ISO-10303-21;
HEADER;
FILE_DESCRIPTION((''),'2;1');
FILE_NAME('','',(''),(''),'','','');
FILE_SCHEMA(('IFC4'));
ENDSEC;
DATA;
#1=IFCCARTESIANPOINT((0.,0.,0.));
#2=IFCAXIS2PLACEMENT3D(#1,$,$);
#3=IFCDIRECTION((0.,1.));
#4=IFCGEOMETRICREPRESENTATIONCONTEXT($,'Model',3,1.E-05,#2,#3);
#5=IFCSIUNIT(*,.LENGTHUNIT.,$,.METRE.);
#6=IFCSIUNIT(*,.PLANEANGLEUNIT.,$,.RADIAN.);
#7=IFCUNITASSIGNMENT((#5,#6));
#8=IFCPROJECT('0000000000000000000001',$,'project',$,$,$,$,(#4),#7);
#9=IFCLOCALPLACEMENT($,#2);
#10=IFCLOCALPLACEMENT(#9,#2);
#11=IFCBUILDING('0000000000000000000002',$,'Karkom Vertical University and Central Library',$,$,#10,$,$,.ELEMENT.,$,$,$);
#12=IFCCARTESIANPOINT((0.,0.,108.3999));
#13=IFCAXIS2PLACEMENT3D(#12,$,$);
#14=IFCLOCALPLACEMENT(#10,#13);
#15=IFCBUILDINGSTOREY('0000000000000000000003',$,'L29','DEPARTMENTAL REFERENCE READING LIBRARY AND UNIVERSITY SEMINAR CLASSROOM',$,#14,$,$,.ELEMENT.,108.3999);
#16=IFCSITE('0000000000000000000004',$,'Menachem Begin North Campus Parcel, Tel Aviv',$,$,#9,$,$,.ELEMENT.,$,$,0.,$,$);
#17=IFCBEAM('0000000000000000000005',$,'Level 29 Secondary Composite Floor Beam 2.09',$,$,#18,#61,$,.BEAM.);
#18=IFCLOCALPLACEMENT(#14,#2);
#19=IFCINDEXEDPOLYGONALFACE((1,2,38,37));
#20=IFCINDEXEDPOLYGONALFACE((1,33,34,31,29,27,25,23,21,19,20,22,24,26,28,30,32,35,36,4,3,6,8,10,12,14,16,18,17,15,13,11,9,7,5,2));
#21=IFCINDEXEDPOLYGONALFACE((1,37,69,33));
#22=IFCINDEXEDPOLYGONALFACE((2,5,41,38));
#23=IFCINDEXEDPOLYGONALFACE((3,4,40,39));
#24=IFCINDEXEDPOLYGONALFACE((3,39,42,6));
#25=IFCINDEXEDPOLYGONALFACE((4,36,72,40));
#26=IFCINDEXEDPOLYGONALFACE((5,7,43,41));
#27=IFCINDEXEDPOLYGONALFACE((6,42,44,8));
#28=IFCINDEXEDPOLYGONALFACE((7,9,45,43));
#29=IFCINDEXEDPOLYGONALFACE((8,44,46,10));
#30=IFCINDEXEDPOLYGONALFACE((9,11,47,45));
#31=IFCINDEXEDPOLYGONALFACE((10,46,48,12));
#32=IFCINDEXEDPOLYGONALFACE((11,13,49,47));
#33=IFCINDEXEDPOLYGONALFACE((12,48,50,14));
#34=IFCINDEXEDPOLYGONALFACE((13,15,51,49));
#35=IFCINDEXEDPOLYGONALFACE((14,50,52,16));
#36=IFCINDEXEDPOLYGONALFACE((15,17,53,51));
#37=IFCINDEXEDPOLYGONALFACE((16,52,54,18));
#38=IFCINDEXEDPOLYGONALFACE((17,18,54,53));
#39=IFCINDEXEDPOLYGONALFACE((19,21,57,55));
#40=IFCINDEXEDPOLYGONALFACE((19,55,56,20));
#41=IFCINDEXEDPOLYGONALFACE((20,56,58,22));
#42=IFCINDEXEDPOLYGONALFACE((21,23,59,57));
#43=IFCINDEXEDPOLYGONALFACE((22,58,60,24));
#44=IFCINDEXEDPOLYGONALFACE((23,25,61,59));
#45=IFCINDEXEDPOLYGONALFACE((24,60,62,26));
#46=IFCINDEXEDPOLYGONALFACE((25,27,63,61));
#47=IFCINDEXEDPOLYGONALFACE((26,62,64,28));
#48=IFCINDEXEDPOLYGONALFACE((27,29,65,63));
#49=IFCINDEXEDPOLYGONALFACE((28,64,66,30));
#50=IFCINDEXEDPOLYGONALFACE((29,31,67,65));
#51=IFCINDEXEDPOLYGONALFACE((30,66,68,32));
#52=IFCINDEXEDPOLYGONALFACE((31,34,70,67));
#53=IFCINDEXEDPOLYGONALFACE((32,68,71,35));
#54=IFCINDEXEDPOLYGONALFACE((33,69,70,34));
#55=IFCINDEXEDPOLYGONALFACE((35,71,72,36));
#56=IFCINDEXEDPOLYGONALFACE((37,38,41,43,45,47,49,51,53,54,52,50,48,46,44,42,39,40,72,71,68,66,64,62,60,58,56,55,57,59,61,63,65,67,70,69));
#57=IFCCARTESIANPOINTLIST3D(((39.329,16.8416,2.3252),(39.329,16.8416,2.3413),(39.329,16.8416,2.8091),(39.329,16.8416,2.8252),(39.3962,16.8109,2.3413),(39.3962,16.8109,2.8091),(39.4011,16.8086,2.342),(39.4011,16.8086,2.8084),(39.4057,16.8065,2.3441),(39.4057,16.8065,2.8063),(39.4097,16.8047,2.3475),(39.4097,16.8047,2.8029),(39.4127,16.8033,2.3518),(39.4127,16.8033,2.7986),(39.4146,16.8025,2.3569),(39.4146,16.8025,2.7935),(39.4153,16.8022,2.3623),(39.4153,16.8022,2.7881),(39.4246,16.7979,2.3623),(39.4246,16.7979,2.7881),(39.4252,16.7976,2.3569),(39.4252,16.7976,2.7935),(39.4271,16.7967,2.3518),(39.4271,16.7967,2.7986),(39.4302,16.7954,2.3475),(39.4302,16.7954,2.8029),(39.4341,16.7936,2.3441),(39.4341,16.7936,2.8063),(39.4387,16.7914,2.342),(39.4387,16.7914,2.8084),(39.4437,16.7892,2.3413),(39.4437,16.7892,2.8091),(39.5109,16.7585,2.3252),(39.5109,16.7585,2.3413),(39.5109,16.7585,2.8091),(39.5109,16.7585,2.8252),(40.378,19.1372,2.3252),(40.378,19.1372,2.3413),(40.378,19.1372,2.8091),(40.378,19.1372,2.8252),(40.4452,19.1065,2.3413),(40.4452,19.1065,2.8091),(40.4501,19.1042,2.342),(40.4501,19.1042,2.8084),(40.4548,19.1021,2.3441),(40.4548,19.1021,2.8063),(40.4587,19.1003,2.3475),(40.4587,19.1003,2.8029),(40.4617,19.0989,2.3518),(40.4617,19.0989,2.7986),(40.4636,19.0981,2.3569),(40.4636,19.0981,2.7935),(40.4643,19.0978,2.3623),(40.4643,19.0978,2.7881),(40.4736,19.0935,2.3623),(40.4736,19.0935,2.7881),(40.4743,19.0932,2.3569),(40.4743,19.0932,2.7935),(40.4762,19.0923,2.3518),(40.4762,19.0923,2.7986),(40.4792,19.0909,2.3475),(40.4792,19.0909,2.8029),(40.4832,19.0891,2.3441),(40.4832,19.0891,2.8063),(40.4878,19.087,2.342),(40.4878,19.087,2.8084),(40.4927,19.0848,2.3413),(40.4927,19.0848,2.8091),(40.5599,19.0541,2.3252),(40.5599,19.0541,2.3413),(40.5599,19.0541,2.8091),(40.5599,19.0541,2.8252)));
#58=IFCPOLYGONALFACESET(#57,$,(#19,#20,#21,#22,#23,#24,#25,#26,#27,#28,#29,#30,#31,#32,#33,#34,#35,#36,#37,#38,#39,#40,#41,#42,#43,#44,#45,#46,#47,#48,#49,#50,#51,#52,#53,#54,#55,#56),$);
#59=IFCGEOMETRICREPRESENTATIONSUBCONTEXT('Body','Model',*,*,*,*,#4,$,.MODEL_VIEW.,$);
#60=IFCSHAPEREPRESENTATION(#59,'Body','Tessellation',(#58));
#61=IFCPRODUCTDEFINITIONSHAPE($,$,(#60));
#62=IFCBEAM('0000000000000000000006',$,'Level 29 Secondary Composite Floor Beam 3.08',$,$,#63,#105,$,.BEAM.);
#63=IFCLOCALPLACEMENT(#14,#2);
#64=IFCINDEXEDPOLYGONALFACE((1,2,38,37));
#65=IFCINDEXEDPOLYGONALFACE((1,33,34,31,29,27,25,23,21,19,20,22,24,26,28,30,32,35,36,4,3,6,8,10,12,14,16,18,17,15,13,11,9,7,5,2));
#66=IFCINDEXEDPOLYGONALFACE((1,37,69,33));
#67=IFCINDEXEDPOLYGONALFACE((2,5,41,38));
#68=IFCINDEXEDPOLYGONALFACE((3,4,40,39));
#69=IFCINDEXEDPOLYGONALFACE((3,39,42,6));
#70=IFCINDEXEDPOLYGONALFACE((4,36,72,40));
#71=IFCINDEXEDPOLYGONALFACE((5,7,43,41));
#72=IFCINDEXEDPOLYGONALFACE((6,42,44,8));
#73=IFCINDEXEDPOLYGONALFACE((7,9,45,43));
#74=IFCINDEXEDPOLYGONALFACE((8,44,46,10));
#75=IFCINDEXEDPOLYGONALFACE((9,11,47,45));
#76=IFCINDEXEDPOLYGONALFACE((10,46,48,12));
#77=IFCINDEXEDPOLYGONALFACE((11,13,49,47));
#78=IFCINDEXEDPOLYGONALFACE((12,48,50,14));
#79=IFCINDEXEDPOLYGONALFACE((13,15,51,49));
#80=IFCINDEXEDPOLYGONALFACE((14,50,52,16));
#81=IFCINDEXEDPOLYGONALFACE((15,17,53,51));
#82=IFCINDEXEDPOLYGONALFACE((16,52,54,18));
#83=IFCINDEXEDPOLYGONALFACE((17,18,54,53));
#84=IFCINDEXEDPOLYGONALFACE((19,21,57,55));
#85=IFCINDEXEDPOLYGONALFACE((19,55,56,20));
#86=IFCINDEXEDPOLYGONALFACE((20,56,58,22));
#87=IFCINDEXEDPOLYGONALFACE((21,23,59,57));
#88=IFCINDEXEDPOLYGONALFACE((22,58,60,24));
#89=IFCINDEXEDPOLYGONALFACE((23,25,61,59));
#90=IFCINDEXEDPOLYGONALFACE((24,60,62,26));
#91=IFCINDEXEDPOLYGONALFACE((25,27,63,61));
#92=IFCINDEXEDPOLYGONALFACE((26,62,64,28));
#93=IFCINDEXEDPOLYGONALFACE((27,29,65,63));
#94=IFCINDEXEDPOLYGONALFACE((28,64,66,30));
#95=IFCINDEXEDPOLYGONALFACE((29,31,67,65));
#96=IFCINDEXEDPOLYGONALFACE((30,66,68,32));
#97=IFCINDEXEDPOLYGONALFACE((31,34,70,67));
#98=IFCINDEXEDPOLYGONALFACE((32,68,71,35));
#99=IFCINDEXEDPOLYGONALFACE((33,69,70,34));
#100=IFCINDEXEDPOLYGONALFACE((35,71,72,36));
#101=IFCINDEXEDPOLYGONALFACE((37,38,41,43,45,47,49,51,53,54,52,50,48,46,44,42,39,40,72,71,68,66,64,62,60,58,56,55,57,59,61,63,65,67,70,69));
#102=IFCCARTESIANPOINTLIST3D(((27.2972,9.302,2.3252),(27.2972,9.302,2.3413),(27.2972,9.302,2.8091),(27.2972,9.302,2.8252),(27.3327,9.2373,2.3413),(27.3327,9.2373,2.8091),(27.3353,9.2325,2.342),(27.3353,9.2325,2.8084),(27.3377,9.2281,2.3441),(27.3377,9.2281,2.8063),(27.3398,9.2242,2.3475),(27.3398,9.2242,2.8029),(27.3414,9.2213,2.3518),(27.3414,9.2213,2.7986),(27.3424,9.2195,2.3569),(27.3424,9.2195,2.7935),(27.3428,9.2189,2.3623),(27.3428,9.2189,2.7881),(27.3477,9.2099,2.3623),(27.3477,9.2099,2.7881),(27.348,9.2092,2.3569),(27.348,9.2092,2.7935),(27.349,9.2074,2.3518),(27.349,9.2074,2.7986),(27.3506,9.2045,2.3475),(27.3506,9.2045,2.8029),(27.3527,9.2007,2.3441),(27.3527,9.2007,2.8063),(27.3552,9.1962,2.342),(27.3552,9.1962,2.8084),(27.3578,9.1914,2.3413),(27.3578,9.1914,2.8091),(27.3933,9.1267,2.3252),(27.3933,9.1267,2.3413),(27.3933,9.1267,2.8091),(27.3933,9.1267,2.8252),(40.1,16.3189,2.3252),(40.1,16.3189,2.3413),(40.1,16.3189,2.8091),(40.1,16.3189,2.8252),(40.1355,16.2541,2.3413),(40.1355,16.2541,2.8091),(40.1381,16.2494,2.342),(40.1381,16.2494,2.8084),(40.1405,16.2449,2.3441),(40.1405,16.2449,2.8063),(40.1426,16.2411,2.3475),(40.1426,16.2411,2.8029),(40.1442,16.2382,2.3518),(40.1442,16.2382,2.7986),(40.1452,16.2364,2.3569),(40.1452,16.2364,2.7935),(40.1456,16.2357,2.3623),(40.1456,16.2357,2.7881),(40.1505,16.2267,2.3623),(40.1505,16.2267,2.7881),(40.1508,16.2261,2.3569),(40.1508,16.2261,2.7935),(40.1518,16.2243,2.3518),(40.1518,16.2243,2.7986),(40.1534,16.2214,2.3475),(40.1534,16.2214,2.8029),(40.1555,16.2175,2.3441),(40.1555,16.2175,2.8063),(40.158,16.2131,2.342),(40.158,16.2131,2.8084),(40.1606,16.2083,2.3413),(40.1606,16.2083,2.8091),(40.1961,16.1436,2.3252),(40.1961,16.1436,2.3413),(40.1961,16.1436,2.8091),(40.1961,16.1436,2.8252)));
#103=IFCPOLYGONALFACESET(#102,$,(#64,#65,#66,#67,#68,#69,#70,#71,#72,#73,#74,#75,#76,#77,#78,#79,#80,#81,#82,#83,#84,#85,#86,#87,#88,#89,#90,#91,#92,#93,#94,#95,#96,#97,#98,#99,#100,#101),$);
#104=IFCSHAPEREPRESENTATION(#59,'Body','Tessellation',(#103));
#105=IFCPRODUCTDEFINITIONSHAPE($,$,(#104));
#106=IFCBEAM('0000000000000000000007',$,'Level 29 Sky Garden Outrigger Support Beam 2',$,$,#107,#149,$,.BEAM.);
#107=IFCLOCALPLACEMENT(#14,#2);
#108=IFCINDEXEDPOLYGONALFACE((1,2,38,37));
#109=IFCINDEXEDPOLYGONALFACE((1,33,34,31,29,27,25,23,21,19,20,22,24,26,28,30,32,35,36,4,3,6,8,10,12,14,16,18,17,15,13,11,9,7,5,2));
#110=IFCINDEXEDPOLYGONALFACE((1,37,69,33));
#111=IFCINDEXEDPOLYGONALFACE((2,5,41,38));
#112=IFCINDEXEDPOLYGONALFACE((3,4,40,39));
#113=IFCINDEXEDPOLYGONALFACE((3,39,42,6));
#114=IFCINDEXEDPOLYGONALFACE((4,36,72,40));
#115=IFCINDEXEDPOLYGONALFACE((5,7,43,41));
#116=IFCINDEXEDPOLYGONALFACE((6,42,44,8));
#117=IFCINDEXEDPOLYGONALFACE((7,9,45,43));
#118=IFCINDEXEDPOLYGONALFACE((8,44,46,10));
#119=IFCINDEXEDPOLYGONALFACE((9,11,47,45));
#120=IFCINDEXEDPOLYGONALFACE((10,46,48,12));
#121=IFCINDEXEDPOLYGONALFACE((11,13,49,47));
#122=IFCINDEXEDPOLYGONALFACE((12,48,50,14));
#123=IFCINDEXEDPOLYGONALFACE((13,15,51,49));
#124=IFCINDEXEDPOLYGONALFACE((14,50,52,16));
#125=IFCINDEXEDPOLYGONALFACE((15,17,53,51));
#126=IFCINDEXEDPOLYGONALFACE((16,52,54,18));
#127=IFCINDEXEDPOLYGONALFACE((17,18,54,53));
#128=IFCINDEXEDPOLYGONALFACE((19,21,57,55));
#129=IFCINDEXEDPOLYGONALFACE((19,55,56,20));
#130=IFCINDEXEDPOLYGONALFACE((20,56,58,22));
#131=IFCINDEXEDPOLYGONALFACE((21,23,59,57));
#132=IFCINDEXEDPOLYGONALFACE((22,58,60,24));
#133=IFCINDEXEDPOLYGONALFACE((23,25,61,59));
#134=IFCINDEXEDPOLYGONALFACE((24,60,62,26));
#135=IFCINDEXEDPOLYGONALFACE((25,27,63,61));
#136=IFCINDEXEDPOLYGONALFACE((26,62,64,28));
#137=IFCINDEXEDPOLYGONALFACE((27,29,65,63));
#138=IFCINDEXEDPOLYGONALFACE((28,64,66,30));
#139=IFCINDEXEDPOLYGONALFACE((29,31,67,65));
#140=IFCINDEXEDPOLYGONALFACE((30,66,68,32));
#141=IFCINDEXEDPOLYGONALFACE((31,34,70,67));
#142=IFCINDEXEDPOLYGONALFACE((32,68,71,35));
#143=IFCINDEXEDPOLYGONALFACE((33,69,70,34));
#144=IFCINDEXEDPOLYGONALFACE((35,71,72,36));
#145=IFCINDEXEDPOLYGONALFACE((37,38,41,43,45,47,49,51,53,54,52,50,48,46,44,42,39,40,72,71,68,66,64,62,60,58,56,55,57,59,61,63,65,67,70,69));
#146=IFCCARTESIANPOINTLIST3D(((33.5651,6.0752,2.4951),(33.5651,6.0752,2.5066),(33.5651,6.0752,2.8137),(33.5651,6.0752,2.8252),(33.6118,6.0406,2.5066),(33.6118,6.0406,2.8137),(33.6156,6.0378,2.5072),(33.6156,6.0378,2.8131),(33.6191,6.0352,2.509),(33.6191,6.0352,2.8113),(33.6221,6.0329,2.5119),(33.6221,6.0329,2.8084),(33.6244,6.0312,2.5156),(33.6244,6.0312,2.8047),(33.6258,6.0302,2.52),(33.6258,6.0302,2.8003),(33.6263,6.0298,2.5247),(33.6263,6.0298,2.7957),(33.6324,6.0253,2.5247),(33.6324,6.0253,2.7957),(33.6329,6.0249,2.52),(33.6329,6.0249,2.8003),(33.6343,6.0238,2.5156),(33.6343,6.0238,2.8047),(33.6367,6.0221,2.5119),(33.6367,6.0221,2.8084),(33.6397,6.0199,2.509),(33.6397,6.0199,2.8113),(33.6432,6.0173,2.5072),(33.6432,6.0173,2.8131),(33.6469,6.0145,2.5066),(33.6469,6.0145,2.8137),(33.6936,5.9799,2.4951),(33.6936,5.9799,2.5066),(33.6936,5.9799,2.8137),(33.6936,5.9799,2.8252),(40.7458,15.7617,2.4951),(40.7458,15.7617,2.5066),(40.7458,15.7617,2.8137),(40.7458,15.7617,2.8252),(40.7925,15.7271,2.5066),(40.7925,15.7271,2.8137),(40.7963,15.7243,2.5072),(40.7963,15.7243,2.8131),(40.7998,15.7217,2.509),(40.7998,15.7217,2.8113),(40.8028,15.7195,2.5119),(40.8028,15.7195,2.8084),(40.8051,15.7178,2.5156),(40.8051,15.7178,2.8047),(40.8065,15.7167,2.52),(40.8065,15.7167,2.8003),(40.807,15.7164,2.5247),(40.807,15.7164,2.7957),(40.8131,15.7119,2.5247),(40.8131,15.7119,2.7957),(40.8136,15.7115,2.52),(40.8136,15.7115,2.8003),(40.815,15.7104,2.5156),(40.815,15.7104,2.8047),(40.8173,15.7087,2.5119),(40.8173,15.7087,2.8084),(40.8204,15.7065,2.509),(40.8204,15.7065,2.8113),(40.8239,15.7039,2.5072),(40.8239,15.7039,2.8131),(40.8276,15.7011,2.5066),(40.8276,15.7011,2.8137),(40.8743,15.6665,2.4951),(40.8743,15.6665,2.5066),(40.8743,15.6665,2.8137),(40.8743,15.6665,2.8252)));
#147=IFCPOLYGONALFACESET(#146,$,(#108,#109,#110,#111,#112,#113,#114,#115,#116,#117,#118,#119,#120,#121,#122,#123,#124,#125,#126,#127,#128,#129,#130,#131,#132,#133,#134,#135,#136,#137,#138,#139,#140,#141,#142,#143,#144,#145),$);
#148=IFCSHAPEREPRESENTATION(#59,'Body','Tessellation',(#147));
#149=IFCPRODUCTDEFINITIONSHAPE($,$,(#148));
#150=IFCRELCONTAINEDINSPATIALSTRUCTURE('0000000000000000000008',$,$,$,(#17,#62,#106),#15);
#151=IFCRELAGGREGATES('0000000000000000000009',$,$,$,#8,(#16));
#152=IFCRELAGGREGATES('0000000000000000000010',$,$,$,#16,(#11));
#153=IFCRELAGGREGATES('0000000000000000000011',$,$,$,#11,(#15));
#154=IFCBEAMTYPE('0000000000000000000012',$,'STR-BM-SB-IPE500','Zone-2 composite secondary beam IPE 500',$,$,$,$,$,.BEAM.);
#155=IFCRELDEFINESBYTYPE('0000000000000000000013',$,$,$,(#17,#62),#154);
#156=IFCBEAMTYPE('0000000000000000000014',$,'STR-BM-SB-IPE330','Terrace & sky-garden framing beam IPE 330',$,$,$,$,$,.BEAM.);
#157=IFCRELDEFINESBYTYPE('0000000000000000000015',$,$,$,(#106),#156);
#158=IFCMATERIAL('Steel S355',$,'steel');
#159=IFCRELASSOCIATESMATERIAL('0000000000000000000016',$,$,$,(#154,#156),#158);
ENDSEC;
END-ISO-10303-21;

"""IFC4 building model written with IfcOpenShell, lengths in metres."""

from ifc_helpers import new_model, si_unit, direction, frame, origin, origin_with_axes, origin_2d, place, context, subcontext, project, spatial, i_section, extrude, source, transform, mapped, material, material_profile, profile_set, type_object, element, save


model = new_model("IFC4")

# Units and contexts
model_context = context("Model", 3, precision=1e-05, world=origin(), true_north=direction((0.0, 1.0)))
body_context = subcontext(model_context, "Body", "Model", "MODEL_VIEW")
ifc_project = project(units=[si_unit("LENGTHUNIT", "METRE"), si_unit("PLANEANGLEUNIT", "RADIAN")], contexts=[model_context])

# Site, building, storey
site_placement = place(None, origin())
site = spatial("IfcSite", under=ifc_project, at=site_placement, Name="Menachem Begin North Campus Parcel, Tel Aviv", CompositionType="ELEMENT", RefElevation=0.0)
building_placement = place(site_placement, origin())
building = spatial("IfcBuilding", under=site, at=building_placement, Name="Karkom Vertical University and Central Library", CompositionType="ELEMENT")
storey_placement = place(building_placement, frame((0.0, 0.0, 108.3999)))
storey = spatial("IfcBuildingStorey", under=building, at=storey_placement, Name="L29", Description="DEPARTMENTAL REFERENCE READING LIBRARY AND UNIVERSITY SEMINAR CLASSROOM", CompositionType="ELEMENT", Elevation=108.3999)

# Beams
ifc_material_1 = material(Name="Steel S355", Category="steel")
ifc_material_profile_1 = material_profile(ifc_material_1, i_section(OverallWidth=0.2, OverallDepth=0.5, WebThickness=0.0103, FlangeThickness=0.0161, FilletRadius=0.021, at=origin_2d()), Name="IPE 500")
ifc_profile_set_1 = profile_set([ifc_material_profile_1], Name="Steel S355")
beam_type_1 = type_object("IfcBeamType", Name="STR-BM-SB-IPE500", Description="Zone-2 composite secondary beam IPE 500", PredefinedType="BEAM", material=ifc_profile_set_1)
shared_shape_1 = source(origin_with_axes(), body_context, "Body", "SweptSolid", [
    extrude(i_section(OverallWidth=0.2, OverallDepth=0.5, WebThickness=0.0103, FlangeThickness=0.0161, FilletRadius=0.021, at=origin_2d()), origin(), (0.0, 0.0, 1.0), 2.5239),
])
beam_1_placement = place(storey_placement, frame((39.4199, 16.8, 2.5752), z_axis=(0.415639, 0.90953, 0.0), x_axis=(-0.90953, 0.415639, 0.0)))
element("IfcBeam", 1, at=beam_1_placement, inside=storey, type_object=beam_type_1, Name="Level 29 Secondary Composite Floor Beam 2.09", PredefinedType="BEAM", context=body_context, shape_type="MappedRepresentation", body=[
    mapped(shared_shape_1, transform((0.0, 0.0, 0.0), scale=1.0)),
])
shared_shape_2 = source(origin_with_axes(), body_context, "Body", "SweptSolid", [
    extrude(i_section(OverallWidth=0.2, OverallDepth=0.5, WebThickness=0.0103, FlangeThickness=0.0161, FilletRadius=0.021, at=origin_2d()), origin(), (0.0, 0.0, 1.0), 14.5996),
])
beam_2_placement = place(storey_placement, frame((27.3452, 9.2144, 2.5752), z_axis=(0.876928, 0.480622, 0.0), x_axis=(-0.480622, 0.876928, 0.0)))
element("IfcBeam", 2, at=beam_2_placement, inside=storey, type_object=beam_type_1, Name="Level 29 Secondary Composite Floor Beam 3.08", PredefinedType="BEAM", context=body_context, shape_type="MappedRepresentation", body=[
    mapped(shared_shape_2, transform((0.0, 0.0, 0.0), scale=1.0)),
])
ifc_material_profile_2 = material_profile(ifc_material_1, i_section(OverallWidth=0.1599, OverallDepth=0.3301, WebThickness=0.0076, FlangeThickness=0.0115, FilletRadius=0.0181, at=origin_2d()), Name="IPE 330")
ifc_profile_set_2 = profile_set([ifc_material_profile_2], Name="Steel S355")
beam_type_2 = type_object("IfcBeamType", Name="STR-BM-SB-IPE330", Description="Terrace & sky-garden framing beam IPE 330", PredefinedType="BEAM", material=ifc_profile_set_2)
shared_shape_3 = source(origin_with_axes(), body_context, "Body", "SweptSolid", [
    extrude(i_section(OverallWidth=0.1599, OverallDepth=0.3301, WebThickness=0.0076, FlangeThickness=0.0115, FilletRadius=0.0181, at=origin_2d()), origin(), (0.0, 0.0, 1.0), 12.0579),
])
beam_3_placement = place(storey_placement, frame((40.8101, 15.7141, 2.6602), z_axis=(-0.59552, -0.80334, 0.0), x_axis=(0.80334, -0.59552, 0.0)))
element("IfcBeam", 3, at=beam_3_placement, inside=storey, type_object=beam_type_2, Name="Level 29 Sky Garden Outrigger Support Beam 2", PredefinedType="BEAM", context=body_context, shape_type="MappedRepresentation", body=[
    mapped(shared_shape_3, transform((0.0, 0.0, 0.0), scale=1.0)),
])

save(model, "model.ifc")
